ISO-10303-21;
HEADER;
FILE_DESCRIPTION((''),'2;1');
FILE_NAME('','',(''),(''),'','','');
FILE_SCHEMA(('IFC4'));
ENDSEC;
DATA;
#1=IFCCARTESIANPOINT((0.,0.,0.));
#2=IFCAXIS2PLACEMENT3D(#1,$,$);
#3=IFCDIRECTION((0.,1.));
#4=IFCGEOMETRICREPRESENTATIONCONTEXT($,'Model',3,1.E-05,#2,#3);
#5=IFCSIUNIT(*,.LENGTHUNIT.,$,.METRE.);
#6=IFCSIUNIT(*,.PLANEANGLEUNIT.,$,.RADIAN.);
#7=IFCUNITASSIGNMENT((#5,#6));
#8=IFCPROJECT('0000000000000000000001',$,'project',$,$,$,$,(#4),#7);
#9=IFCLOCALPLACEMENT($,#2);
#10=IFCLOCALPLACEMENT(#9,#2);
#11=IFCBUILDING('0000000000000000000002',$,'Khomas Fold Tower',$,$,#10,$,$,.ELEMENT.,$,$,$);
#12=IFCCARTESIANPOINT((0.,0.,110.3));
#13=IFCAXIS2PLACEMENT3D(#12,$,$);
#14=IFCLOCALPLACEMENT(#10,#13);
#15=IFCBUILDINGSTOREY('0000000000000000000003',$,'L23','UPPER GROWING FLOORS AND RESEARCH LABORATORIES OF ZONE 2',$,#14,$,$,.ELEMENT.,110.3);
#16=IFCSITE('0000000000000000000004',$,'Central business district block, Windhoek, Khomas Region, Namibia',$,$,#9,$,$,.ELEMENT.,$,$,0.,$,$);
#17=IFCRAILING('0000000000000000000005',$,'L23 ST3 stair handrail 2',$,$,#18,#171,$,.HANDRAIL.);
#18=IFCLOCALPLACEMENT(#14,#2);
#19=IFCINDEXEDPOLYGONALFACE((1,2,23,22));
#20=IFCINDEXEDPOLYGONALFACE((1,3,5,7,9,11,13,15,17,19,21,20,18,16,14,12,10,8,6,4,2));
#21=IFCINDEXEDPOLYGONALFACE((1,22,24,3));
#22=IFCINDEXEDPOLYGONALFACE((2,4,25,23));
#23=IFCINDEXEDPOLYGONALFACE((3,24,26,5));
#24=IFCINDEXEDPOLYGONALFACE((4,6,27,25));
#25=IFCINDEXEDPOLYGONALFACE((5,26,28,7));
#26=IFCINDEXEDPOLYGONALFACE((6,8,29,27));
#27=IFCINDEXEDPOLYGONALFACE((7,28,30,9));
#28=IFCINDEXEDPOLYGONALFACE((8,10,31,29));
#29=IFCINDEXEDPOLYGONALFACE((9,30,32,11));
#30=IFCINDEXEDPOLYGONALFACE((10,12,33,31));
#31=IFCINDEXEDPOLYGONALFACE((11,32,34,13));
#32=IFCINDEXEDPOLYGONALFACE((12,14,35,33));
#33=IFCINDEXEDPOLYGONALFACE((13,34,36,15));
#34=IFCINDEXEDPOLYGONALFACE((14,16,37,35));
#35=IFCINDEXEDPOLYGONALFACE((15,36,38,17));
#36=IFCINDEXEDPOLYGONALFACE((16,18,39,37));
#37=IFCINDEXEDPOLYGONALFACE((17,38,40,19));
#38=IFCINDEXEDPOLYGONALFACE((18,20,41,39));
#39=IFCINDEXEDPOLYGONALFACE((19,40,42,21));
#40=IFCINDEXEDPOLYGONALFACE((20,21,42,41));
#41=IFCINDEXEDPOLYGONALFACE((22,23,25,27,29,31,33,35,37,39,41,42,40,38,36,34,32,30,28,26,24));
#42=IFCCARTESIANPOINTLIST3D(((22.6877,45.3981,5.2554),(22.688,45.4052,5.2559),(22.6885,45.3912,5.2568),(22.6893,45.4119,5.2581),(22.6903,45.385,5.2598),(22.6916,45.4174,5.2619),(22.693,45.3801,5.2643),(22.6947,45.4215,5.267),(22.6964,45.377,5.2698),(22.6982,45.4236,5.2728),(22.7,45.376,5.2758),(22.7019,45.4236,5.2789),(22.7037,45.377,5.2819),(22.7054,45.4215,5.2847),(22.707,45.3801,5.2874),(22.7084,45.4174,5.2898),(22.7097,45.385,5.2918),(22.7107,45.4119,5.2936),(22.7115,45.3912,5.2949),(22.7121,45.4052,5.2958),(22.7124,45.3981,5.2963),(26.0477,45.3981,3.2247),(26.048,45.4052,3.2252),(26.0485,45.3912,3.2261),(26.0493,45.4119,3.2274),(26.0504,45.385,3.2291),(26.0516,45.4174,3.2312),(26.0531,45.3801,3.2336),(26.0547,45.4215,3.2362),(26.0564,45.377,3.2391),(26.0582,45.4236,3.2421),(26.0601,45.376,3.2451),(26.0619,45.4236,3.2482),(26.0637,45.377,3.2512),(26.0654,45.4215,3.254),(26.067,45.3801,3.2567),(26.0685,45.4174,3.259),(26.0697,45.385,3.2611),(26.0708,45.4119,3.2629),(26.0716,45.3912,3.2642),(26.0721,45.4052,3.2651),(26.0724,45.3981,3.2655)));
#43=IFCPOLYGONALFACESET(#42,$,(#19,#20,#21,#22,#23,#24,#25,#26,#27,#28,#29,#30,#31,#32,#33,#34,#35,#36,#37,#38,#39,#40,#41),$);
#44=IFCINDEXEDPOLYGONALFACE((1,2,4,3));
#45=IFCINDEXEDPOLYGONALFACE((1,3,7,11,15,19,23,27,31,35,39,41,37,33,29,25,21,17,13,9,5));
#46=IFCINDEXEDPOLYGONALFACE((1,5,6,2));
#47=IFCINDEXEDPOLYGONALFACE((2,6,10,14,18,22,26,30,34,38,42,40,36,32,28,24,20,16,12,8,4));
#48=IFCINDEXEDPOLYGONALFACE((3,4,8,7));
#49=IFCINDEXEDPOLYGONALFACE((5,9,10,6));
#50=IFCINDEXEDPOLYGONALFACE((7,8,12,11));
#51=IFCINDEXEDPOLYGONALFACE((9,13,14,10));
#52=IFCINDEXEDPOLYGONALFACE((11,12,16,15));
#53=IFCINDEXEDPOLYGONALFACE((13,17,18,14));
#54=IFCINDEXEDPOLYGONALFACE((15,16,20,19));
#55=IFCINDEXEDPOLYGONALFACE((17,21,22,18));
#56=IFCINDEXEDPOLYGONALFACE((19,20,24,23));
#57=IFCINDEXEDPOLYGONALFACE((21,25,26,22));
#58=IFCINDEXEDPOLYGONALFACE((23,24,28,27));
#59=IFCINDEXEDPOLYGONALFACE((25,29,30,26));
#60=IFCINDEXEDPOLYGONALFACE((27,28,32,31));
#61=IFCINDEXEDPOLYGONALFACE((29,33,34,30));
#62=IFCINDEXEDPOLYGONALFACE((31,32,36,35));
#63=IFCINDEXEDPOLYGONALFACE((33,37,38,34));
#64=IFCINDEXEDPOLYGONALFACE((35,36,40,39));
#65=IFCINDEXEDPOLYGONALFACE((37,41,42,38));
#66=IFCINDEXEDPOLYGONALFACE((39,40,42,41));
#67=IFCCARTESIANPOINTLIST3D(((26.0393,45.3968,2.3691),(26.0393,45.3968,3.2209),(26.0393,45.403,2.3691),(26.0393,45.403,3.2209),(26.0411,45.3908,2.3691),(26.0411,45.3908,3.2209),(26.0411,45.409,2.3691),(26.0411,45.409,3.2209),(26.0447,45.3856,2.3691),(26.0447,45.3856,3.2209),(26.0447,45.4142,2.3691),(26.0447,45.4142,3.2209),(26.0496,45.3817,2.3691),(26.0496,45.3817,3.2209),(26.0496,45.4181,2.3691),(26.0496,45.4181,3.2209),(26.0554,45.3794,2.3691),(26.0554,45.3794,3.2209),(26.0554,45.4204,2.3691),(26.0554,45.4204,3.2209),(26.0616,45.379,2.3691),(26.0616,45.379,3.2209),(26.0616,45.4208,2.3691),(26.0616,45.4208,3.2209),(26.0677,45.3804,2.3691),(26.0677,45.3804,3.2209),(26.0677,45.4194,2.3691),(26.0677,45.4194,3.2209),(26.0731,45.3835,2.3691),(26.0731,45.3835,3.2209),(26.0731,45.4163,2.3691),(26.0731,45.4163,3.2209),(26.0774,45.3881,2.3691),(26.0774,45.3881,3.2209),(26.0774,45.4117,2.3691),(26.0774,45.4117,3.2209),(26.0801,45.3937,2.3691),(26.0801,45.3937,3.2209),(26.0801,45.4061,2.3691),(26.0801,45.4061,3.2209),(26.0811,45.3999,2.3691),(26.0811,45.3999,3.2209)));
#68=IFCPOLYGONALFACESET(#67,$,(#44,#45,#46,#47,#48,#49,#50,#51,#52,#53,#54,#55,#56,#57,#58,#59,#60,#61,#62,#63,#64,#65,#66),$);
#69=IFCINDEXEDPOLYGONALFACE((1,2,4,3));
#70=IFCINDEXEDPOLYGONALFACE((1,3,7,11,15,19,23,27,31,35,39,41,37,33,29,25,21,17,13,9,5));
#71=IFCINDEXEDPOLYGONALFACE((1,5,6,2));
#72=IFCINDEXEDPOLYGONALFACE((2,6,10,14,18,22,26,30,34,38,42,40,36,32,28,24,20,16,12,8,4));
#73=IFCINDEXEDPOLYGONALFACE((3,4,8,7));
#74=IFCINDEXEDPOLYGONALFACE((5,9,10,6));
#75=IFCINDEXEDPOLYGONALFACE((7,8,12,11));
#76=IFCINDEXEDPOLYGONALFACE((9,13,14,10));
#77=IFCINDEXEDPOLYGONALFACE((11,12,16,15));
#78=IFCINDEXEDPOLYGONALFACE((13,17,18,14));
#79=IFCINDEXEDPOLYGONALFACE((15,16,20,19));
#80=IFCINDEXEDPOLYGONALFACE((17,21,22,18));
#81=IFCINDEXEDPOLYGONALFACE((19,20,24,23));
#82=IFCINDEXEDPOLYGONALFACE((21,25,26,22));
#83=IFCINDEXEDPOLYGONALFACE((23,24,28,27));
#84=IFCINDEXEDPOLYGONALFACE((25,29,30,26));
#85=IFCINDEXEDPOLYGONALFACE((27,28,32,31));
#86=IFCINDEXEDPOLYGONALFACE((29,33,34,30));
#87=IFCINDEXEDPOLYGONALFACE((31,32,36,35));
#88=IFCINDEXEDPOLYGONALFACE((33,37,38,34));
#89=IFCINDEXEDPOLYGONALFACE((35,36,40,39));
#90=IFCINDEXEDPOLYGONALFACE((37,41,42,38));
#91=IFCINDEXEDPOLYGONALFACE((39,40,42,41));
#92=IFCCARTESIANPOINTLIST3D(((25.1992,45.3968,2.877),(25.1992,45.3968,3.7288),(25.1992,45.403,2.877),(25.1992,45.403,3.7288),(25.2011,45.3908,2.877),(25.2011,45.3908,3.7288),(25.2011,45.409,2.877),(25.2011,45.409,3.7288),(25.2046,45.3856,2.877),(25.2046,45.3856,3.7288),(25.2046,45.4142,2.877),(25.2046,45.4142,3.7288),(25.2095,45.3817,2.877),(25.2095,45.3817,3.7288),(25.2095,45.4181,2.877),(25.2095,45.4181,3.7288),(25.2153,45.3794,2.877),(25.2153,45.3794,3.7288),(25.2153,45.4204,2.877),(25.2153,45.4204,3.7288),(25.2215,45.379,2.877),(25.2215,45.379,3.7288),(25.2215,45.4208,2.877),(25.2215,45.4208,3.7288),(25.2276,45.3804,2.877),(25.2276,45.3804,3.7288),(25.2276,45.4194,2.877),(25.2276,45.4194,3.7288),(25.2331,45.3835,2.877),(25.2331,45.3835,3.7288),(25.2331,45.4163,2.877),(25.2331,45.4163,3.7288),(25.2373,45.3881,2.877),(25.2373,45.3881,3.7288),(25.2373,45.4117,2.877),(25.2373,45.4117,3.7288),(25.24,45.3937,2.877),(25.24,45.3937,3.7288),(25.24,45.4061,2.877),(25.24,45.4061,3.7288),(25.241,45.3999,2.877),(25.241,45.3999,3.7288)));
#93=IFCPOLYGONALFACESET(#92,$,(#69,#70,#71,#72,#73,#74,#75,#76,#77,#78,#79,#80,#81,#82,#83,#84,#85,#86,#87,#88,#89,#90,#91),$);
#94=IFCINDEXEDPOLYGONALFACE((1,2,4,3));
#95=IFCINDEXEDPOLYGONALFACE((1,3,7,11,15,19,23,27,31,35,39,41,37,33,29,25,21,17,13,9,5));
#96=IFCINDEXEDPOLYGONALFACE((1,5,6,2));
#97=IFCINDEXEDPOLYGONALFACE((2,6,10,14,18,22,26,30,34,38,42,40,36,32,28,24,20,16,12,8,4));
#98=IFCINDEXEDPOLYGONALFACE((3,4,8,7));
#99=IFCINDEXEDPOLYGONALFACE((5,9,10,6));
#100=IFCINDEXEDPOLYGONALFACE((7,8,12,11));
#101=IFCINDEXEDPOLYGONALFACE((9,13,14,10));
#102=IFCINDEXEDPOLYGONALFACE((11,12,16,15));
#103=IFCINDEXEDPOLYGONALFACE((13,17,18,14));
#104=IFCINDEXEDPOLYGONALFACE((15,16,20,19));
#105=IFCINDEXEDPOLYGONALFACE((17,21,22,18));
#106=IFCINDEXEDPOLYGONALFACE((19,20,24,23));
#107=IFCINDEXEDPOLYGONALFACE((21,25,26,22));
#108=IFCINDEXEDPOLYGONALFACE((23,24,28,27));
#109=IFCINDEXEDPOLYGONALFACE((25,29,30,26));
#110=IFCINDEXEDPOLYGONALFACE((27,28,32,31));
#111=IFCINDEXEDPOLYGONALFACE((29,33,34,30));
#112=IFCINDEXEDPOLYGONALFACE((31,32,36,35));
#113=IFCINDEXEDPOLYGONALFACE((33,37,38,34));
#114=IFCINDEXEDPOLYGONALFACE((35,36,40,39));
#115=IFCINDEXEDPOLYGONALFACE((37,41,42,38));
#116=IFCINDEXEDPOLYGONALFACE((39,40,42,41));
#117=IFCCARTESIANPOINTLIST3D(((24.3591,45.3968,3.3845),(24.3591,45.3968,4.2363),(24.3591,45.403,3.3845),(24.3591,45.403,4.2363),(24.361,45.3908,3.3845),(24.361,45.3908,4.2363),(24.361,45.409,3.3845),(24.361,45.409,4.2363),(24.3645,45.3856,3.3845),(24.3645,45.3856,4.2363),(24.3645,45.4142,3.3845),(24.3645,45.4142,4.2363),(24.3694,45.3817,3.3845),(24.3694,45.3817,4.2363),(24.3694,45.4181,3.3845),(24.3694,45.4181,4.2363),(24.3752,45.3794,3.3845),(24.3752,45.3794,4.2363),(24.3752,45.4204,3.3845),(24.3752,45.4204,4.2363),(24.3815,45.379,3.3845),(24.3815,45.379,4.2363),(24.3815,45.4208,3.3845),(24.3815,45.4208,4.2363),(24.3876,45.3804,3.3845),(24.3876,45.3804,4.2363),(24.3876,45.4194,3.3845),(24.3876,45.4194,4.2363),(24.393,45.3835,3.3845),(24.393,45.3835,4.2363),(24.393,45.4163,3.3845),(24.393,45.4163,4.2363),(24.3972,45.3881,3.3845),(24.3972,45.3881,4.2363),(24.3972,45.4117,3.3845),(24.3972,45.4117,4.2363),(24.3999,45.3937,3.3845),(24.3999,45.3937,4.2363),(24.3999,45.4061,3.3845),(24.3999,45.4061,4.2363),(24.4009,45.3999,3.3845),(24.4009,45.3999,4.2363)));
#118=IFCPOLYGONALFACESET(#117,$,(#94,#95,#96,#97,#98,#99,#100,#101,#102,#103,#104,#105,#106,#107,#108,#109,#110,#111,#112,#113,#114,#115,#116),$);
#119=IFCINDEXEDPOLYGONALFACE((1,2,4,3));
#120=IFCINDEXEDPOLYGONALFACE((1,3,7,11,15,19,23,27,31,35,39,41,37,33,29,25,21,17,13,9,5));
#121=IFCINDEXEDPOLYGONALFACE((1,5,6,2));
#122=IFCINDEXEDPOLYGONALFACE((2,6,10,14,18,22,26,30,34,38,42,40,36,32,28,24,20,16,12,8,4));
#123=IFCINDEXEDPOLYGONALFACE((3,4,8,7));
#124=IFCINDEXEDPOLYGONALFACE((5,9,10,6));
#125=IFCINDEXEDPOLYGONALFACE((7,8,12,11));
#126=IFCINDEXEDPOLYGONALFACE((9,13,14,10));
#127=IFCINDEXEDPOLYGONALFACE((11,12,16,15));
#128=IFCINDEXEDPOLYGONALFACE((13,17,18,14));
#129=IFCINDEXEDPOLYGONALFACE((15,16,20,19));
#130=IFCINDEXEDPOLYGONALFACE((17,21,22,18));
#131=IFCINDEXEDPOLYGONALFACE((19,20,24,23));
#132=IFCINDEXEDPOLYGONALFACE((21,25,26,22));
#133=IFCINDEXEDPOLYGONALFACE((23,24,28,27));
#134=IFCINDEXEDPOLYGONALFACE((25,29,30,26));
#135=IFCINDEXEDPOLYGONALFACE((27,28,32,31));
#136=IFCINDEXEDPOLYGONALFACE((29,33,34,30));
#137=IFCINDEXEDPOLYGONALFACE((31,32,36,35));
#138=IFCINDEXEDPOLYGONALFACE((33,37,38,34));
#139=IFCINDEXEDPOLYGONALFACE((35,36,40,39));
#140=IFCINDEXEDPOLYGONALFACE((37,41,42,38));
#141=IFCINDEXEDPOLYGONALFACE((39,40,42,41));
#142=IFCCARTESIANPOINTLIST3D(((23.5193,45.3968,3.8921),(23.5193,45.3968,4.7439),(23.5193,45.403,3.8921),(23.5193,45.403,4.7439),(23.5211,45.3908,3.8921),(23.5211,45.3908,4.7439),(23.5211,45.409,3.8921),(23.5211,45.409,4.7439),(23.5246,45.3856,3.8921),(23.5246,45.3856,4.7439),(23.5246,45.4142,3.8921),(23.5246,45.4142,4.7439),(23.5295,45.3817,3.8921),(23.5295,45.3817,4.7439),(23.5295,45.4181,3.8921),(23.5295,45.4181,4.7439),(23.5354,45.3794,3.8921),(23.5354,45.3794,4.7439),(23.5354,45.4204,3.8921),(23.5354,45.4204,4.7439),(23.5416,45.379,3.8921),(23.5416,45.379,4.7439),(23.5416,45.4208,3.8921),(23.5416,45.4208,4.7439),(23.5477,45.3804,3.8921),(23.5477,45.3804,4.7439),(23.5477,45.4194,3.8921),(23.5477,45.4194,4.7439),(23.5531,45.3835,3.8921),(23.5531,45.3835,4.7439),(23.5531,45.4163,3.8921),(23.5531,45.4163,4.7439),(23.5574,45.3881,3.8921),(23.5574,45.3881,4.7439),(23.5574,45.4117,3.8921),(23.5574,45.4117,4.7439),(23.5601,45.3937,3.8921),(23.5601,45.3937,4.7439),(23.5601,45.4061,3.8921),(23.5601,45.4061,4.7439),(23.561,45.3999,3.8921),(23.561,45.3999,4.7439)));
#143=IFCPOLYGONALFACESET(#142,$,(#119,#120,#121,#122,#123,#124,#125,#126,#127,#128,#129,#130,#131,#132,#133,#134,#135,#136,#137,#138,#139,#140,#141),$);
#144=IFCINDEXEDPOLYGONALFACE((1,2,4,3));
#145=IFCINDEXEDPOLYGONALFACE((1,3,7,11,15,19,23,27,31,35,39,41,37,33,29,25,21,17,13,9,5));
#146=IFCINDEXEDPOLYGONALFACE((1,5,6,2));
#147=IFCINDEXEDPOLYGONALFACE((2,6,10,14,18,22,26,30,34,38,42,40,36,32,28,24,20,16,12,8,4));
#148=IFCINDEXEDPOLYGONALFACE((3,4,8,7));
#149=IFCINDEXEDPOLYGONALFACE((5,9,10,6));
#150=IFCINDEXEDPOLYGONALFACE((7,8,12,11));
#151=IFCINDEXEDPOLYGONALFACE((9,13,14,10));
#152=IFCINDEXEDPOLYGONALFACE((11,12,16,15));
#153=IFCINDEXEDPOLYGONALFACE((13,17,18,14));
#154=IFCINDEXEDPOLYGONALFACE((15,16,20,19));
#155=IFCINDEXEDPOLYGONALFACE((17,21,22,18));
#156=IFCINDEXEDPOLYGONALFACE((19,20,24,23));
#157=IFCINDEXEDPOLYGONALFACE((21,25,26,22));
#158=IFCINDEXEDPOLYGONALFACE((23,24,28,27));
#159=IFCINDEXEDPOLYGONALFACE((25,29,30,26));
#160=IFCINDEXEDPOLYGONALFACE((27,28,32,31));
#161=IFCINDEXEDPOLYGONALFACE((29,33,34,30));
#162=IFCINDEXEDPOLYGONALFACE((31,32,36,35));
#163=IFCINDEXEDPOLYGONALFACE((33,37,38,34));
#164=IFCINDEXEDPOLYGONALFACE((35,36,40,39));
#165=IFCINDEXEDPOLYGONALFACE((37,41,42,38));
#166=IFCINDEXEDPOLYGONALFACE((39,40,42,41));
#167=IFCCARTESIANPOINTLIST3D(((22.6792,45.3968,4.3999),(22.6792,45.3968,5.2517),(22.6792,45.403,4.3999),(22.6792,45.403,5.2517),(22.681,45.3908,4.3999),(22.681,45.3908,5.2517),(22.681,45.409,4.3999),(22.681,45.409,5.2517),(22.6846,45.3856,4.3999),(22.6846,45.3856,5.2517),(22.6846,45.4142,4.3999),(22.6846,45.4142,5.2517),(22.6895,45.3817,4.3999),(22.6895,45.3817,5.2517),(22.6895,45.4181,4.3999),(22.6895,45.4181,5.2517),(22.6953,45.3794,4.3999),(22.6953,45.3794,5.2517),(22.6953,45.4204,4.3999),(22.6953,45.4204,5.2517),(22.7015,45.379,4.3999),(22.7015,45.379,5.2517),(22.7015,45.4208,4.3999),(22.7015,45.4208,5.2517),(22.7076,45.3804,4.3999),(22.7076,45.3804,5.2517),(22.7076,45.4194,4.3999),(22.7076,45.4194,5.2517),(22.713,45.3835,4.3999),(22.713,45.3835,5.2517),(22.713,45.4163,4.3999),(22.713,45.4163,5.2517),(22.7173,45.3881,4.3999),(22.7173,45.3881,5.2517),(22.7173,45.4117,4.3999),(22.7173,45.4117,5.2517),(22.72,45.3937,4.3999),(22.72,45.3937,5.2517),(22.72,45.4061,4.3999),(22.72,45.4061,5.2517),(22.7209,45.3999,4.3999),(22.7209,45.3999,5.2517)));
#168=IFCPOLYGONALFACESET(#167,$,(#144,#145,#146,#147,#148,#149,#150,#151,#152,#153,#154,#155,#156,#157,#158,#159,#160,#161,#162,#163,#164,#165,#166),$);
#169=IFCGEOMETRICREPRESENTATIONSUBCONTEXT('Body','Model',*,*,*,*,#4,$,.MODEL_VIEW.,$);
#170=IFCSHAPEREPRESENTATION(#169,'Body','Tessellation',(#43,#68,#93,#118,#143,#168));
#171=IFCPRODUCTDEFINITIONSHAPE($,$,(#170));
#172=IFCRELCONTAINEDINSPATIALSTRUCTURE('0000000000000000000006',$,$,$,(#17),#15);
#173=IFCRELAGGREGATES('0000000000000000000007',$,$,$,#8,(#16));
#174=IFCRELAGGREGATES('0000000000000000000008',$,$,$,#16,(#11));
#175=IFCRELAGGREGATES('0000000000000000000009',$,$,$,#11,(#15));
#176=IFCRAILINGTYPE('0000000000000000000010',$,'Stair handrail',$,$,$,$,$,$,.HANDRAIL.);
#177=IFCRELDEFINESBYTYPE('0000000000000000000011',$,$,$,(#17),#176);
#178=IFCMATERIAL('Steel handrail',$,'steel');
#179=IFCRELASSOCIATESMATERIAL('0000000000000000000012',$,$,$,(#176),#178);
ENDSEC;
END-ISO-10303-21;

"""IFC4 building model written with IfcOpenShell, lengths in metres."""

from ifc_helpers import new_model, si_unit, direction, frame, origin, origin_2d, place, context, subcontext, project, spatial, circle, extrude, source, transform, mapped, material, type_object, element, save


model = new_model("IFC4")

# Units and contexts
model_context = context("Model", 3, precision=1e-05, world=origin(), true_north=direction((0.0, 1.0)))
body_context = subcontext(model_context, "Body", "Model", "MODEL_VIEW")
ifc_project = project(units=[si_unit("LENGTHUNIT", "METRE"), si_unit("PLANEANGLEUNIT", "RADIAN")], contexts=[model_context])

# Site, building, storey
site_placement = place(None, origin())
site = spatial("IfcSite", under=ifc_project, at=site_placement, Name="Central business district block, Windhoek, Khomas Region, Namibia", CompositionType="ELEMENT", RefElevation=0.0)
building_placement = place(site_placement, origin())
building = spatial("IfcBuilding", under=site, at=building_placement, Name="Khomas Fold Tower", CompositionType="ELEMENT")
storey_placement = place(building_placement, frame((0.0, 0.0, 110.3)))
storey = spatial("IfcBuildingStorey", under=building, at=storey_placement, Name="L23", Description="UPPER GROWING FLOORS AND RESEARCH LABORATORIES OF ZONE 2", CompositionType="ELEMENT", Elevation=110.3)

# Railing
ifc_material_1 = material(Name="Steel handrail", Category="steel")
railing_type_1 = type_object("IfcRailingType", Name="Stair handrail", PredefinedType="HANDRAIL", material=ifc_material_1)
shared_shape_1 = source(origin(), body_context, "Body", "SweptSolid", [
    extrude(circle(Radius=0.0239, at=origin_2d()), frame((0.0, 0.0, 0.876), z_axis=(-0.855837, 0.0, 0.517246), x_axis=(0.0, -1.0, 0.0)), (0.0, 0.0, 1.0), 3.926),
    extrude(circle(Radius=0.021, at=origin_2d()), origin(), (0.0, 0.0, 1.0), 0.8518),
    extrude(circle(Radius=0.021, at=origin_2d()), frame((-0.8401, 0.0, 0.5078)), (0.0, 0.0, 1.0), 0.8518),
    extrude(circle(Radius=0.021, at=origin_2d()), frame((-1.6802, 0.0, 1.0154)), (0.0, 0.0, 1.0), 0.8518),
    extrude(circle(Radius=0.021, at=origin_2d()), frame((-2.52, 0.0, 1.5229)), (0.0, 0.0, 1.0), 0.8518),
    extrude(circle(Radius=0.021, at=origin_2d()), frame((-3.3601, 0.0, 2.0308)), (0.0, 0.0, 1.0), 0.8518),
])
railing_1_placement = place(storey_placement, frame((26.0601, 45.3999, 2.3691)))
element("IfcRailing", 1, at=railing_1_placement, inside=storey, type_object=railing_type_1, Name="L23 ST3 stair handrail 2", PredefinedType="HANDRAIL", context=body_context, shape_type="MappedRepresentation", body=[
    mapped(shared_shape_1, transform((0.0, 0.0, 0.0))),
])

save(model, "model.ifc")
